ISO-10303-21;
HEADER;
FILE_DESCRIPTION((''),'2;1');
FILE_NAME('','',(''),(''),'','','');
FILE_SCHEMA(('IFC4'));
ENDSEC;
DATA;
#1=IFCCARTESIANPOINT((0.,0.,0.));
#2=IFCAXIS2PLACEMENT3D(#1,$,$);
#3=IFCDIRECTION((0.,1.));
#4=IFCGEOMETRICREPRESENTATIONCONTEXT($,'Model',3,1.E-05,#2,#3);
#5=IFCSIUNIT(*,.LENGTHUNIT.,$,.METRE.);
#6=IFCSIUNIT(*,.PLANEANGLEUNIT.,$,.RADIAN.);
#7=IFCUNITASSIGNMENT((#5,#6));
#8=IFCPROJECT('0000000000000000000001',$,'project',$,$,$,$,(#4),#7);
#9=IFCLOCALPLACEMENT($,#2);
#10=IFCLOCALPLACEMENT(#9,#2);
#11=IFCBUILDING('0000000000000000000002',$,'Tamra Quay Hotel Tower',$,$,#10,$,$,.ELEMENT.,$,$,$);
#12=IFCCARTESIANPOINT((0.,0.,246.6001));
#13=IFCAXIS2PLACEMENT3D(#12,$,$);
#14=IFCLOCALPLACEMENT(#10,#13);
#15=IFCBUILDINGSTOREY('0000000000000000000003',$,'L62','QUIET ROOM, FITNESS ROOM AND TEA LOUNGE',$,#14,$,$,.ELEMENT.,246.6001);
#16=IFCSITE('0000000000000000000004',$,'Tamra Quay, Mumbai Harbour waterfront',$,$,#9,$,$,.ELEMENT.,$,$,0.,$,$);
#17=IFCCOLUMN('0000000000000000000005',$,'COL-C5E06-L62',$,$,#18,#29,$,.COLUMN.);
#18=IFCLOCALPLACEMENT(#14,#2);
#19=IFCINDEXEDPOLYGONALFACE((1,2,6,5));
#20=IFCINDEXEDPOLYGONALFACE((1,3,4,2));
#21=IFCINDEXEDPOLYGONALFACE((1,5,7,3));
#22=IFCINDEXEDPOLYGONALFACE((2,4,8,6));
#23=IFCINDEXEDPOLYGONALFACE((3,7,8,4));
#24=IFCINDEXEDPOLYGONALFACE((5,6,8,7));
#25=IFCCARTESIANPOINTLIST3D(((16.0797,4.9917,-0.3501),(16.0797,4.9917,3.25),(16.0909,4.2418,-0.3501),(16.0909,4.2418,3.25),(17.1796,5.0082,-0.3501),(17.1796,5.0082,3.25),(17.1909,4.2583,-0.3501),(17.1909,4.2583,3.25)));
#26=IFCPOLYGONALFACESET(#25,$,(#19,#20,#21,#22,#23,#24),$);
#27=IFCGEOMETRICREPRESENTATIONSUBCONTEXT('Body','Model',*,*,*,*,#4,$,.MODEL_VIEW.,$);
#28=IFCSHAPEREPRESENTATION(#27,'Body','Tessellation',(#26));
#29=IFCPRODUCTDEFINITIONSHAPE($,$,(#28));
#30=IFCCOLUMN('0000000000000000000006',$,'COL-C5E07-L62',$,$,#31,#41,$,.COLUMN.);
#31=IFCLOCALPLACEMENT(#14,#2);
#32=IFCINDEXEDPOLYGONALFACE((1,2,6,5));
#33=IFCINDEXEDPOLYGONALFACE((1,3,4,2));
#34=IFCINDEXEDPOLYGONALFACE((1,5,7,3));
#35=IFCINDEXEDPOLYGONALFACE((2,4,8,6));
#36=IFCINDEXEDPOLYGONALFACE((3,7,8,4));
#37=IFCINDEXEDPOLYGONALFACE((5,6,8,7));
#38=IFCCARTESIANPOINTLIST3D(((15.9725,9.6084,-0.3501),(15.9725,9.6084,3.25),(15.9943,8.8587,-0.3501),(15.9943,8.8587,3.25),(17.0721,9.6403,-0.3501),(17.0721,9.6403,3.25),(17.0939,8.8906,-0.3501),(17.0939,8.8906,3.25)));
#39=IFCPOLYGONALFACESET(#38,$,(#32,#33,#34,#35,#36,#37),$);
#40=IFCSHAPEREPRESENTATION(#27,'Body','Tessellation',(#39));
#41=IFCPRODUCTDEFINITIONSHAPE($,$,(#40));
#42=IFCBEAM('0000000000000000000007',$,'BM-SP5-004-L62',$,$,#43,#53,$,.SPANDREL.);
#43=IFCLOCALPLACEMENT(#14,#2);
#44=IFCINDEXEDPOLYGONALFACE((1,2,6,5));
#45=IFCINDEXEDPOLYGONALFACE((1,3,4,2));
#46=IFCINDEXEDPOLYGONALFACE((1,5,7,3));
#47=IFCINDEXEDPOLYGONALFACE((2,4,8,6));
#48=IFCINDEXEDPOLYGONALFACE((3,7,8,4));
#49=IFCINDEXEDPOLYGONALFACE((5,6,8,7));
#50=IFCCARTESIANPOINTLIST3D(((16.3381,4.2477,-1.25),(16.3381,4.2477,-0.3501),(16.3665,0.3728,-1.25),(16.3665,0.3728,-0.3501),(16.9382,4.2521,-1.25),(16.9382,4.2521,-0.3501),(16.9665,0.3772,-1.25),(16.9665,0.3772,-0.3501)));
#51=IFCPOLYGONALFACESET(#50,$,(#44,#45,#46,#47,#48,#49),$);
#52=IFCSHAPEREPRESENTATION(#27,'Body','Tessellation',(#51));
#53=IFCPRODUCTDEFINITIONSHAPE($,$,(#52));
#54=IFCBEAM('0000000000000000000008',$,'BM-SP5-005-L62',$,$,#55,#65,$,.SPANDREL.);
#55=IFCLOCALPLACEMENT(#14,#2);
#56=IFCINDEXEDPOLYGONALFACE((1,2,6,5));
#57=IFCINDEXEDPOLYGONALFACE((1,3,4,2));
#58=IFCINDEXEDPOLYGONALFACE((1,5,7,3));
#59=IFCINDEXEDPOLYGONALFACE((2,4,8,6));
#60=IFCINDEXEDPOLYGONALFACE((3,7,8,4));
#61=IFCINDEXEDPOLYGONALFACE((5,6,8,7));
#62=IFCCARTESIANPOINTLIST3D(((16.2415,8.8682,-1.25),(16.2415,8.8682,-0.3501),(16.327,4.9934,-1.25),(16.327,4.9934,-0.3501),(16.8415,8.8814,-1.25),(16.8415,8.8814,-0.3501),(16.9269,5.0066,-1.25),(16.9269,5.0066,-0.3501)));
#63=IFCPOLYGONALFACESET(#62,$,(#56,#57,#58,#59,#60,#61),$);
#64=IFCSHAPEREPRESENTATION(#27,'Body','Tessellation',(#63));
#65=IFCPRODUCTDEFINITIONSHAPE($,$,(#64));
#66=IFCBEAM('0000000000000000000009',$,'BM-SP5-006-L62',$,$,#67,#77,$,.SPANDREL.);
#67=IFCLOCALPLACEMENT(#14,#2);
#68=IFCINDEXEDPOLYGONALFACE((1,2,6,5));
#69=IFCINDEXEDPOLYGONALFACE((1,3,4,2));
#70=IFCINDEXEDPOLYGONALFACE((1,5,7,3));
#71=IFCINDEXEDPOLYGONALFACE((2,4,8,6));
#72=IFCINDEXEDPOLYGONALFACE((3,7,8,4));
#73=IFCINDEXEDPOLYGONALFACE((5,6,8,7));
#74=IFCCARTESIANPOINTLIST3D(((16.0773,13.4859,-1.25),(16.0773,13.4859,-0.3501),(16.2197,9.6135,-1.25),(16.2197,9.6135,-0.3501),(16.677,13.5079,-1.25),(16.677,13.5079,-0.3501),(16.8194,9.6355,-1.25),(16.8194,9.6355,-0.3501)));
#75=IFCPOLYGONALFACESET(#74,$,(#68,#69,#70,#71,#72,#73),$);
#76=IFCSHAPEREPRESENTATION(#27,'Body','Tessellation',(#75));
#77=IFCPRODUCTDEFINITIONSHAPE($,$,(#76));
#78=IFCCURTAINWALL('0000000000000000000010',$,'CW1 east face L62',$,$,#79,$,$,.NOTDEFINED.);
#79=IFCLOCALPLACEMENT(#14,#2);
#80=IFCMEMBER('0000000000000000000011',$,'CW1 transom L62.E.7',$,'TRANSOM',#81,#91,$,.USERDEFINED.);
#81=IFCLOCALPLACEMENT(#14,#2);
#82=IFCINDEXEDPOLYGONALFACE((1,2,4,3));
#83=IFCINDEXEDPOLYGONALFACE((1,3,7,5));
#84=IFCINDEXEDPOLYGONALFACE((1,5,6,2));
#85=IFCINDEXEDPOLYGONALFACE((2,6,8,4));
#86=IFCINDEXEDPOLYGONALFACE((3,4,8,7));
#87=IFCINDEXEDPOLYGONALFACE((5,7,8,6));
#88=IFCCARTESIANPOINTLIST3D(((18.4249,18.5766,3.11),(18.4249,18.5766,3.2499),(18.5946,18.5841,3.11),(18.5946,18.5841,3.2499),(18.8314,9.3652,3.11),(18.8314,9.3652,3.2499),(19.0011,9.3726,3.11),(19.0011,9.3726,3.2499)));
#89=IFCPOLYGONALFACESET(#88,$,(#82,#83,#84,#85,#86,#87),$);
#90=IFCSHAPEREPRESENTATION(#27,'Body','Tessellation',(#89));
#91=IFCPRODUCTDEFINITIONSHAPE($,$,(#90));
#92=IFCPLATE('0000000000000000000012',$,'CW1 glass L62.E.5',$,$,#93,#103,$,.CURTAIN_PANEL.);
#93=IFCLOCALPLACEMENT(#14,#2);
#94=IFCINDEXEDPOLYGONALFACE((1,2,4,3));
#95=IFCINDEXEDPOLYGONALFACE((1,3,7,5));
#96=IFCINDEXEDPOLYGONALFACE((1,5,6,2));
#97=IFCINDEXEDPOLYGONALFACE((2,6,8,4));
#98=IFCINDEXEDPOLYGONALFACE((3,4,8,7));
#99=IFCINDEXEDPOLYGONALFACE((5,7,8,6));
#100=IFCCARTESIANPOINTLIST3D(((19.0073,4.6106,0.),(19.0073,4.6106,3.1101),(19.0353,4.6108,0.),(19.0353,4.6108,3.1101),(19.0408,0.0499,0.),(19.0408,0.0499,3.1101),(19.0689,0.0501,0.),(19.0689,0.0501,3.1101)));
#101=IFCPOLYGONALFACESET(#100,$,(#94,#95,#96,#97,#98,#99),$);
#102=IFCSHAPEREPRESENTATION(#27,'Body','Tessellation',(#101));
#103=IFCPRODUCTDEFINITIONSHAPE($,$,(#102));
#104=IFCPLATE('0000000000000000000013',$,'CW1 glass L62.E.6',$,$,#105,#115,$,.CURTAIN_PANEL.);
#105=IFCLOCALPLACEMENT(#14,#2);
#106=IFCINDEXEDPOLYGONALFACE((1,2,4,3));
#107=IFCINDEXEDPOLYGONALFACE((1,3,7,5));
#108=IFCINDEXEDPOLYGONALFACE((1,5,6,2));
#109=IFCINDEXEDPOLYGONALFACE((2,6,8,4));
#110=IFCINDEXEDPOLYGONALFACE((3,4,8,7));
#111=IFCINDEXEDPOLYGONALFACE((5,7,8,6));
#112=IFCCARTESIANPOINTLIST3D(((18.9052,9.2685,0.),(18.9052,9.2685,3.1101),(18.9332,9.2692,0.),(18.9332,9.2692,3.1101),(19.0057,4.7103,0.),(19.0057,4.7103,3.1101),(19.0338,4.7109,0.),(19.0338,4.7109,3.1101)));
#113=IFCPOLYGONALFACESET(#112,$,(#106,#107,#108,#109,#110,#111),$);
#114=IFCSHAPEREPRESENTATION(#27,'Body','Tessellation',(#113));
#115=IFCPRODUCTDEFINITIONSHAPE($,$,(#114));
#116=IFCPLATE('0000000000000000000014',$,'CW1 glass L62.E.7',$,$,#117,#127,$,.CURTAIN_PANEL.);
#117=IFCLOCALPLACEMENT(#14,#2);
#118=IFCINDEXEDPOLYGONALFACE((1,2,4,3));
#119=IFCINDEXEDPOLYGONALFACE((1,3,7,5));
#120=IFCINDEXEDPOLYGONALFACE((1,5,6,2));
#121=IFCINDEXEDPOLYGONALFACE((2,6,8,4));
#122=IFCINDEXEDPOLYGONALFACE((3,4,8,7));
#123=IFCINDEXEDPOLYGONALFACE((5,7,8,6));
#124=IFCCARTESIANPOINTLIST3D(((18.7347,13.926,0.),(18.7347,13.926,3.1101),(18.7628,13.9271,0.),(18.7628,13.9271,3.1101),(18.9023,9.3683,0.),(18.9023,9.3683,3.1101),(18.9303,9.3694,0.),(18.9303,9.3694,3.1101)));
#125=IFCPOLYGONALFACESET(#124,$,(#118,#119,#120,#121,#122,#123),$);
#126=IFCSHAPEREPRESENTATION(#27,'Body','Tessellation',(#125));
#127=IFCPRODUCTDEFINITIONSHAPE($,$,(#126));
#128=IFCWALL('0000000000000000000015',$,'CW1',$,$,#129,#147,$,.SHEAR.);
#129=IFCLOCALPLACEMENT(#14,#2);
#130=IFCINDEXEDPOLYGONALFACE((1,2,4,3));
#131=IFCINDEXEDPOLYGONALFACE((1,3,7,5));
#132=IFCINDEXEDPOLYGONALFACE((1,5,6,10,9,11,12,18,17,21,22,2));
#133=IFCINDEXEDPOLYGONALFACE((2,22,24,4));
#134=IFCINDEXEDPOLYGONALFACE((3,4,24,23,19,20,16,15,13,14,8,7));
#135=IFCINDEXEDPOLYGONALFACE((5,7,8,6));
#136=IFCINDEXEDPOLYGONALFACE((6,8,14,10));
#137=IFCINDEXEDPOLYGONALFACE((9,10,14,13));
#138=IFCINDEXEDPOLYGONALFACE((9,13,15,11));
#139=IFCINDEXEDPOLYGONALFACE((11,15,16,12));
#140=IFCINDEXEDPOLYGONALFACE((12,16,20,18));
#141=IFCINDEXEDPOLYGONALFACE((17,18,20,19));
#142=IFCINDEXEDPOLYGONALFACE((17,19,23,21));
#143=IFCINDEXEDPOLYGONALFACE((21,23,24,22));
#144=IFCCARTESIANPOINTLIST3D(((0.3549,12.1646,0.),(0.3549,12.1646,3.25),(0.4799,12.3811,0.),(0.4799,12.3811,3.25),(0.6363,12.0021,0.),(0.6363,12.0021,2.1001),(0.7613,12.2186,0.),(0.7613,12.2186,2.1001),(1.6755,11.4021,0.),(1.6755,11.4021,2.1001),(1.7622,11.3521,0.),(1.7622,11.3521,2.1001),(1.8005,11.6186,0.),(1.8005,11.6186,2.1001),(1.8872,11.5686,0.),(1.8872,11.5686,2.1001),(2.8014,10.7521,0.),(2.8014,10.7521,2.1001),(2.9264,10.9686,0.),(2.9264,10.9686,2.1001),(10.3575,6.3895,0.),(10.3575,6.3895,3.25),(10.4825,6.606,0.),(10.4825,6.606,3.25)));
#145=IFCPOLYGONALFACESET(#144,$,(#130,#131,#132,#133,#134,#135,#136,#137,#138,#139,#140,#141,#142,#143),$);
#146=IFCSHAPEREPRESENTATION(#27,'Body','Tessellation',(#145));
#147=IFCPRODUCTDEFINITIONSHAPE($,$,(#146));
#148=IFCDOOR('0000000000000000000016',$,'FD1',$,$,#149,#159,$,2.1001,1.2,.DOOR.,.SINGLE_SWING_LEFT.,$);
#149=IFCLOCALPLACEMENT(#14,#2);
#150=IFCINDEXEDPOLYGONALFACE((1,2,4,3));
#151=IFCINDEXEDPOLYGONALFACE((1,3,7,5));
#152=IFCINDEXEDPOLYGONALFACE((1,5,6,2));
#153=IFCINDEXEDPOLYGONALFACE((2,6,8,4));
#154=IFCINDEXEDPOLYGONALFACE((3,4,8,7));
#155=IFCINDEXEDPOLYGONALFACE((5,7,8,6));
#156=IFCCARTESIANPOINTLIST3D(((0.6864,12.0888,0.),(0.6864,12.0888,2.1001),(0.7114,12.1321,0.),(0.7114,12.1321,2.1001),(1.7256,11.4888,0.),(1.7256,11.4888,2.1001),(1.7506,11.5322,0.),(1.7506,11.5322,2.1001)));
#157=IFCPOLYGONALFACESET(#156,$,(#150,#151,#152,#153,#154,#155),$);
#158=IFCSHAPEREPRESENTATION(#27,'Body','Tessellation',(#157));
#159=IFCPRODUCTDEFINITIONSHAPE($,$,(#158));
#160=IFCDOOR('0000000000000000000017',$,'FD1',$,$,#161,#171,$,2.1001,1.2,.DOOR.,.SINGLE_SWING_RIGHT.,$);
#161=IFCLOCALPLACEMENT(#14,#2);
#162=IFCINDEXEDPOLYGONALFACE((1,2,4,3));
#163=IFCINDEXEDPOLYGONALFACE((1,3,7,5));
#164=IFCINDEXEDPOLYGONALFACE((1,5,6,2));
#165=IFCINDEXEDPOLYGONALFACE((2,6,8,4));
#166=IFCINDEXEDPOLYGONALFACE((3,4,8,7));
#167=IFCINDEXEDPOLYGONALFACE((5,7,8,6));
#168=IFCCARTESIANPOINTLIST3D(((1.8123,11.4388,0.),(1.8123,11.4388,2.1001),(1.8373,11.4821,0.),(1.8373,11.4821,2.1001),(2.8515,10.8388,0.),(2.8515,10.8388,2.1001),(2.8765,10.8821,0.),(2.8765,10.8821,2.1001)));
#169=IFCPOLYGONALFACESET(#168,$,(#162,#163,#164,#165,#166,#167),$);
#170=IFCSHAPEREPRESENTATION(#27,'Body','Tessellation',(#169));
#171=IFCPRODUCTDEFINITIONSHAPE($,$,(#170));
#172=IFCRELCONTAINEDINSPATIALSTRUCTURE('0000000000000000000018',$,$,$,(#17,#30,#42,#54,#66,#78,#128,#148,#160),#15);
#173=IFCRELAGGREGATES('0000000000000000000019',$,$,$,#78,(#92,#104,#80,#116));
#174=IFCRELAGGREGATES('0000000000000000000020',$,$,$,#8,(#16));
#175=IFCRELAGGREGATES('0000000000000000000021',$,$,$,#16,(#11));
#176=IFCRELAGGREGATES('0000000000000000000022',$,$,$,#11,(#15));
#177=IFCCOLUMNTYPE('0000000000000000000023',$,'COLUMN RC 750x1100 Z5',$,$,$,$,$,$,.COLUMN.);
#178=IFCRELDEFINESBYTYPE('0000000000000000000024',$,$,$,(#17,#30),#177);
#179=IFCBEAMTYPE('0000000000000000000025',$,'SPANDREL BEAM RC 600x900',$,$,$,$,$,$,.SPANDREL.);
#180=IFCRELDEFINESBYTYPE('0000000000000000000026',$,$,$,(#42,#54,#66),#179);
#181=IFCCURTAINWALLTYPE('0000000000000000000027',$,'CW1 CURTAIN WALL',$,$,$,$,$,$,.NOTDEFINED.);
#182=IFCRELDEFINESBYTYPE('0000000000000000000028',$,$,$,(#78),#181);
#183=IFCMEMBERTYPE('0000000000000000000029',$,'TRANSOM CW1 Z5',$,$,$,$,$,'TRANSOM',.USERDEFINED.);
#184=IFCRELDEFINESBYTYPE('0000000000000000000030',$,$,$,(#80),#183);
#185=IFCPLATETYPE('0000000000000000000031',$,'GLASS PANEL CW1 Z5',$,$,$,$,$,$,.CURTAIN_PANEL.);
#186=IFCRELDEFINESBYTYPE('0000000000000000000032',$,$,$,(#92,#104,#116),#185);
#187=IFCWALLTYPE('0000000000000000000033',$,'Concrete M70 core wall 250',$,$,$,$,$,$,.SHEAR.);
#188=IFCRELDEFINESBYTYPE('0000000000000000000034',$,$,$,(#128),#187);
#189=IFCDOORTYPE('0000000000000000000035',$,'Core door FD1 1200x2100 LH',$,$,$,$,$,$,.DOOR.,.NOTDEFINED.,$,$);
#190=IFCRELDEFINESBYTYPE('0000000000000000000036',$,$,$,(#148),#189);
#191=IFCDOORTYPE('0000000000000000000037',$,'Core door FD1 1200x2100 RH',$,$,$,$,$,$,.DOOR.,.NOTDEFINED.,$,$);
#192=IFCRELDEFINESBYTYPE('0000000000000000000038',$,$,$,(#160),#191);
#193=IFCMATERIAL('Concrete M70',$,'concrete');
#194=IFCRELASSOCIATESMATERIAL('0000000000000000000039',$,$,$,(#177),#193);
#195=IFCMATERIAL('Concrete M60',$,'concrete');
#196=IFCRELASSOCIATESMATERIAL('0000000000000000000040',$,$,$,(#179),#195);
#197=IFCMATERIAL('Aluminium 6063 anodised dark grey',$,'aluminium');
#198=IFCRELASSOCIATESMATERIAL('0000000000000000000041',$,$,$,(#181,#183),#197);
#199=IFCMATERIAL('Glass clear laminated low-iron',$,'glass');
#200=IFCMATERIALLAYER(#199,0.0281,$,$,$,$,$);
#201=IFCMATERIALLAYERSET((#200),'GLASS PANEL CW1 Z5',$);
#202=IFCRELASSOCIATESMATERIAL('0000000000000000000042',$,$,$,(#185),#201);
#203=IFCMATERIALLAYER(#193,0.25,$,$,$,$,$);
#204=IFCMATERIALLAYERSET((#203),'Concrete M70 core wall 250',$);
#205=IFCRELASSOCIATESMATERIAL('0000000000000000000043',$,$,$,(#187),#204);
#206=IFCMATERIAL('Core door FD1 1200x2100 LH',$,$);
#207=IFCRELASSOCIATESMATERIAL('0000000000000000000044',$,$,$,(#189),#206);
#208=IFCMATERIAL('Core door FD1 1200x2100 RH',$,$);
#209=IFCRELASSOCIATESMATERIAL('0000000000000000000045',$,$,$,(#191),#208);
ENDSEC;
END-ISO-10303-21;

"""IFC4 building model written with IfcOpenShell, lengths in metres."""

from ifc_helpers import new_model, si_unit, direction, frame, frame_2d, origin, origin_2d, place, context, subcontext, project, spatial, rectangle, extrude, material, layer, layer_set, material_profile, profile_set, type_object, element, fill, aggregate, save


model = new_model("IFC4")

# Units and contexts
model_context = context("Model", 3, precision=1e-05, world=origin(), true_north=direction((0.0, 1.0)))
body_context = subcontext(model_context, "Body", "Model", "MODEL_VIEW")
ifc_project = project(units=[si_unit("LENGTHUNIT", "METRE"), si_unit("PLANEANGLEUNIT", "RADIAN")], contexts=[model_context])

# Site, building, storey
site_placement = place(None, origin())
site = spatial("IfcSite", under=ifc_project, at=site_placement, Name="Tamra Quay, Mumbai Harbour waterfront", CompositionType="ELEMENT", RefElevation=0.0)
building_placement = place(site_placement, origin())
building = spatial("IfcBuilding", under=site, at=building_placement, Name="Tamra Quay Hotel Tower", CompositionType="ELEMENT")
storey_placement = place(building_placement, frame((0.0, 0.0, 246.6001)))
storey = spatial("IfcBuildingStorey", under=building, at=storey_placement, Name="L62", Description="QUIET ROOM, FITNESS ROOM AND TEA LOUNGE", CompositionType="ELEMENT", Elevation=246.6001)

# Columns
ifc_material_1 = material(Name="Concrete M70", Category="concrete")
ifc_material_profile_1 = material_profile(ifc_material_1, rectangle(XDim=1.1001, YDim=0.75, at=origin_2d()), Name="COLUMN RC 750x1100 Z5")
ifc_profile_set_1 = profile_set([ifc_material_profile_1], Name="Concrete M70")
column_type = type_object("IfcColumnType", Name="COLUMN RC 750x1100 Z5", PredefinedType="COLUMN", material=ifc_profile_set_1)
for number, where, z_axis, x_axis, name in (
    (1, (16.6353, 4.625, -0.3501), (0.0, 0.0, 1.0), (0.999888, 0.014959, 0.0), "COL-C5E06-L62"),
    (2, (16.5332, 9.2495, -0.3501), (0.0, 0.0, 1.0), (0.999579, 0.029028, 0.0), "COL-C5E07-L62"),
):
    element("IfcColumn", number, at=place(storey_placement, frame(where, z_axis=z_axis, x_axis=x_axis)), inside=storey, type_object=column_type, Name=name, PredefinedType="COLUMN", context=body_context, shape_type="SweptSolid", body=[
        extrude(rectangle(XDim=1.1001, YDim=0.75, at=origin_2d()), origin(), (0.0, 0.0, 1.0), 3.6001),
    ])

# Beams
ifc_material_2 = material(Name="Concrete M60", Category="concrete")
ifc_material_profile_2 = material_profile(ifc_material_2, rectangle(XDim=0.6001, YDim=0.8999, at=origin_2d()), Name="SPANDREL BEAM RC 600x900")
ifc_profile_set_2 = profile_set([ifc_material_profile_2], Name="Concrete M60")
beam_type = type_object("IfcBeamType", Name="SPANDREL BEAM RC 600x900", PredefinedType="SPANDREL", material=ifc_profile_set_2)
beam_1_placement = place(storey_placement, frame((16.6665, 0.375, -0.8), z_axis=(-0.007308, 0.999973, 0.0), x_axis=(-0.999973, -0.007308, 0.0)))
element("IfcBeam", 3, at=beam_1_placement, inside=storey, type_object=beam_type, Name="BM-SP5-004-L62", PredefinedType="SPANDREL", context=body_context, shape_type="SweptSolid", body=[
    extrude(rectangle(XDim=0.6001, YDim=0.8999, at=origin_2d()), origin(), (0.0, 0.0, 1.0), 3.875),
])
beam_2_placement = place(storey_placement, frame((16.627, 5.0, -0.8), z_axis=(-0.022047, 0.999757, 0.0), x_axis=(-0.999757, -0.022047, 0.0)))
element("IfcBeam", 4, at=beam_2_placement, inside=storey, type_object=beam_type, Name="BM-SP5-005-L62", PredefinedType="SPANDREL", context=body_context, shape_type="SweptSolid", body=[
    extrude(rectangle(XDim=0.6001, YDim=0.8999, at=origin_2d()), origin(), (0.0, 0.0, 1.0), 3.8757),
])
beam_3_placement = place(storey_placement, frame((16.5195, 9.6245, -0.8), z_axis=(-0.036732, 0.999325, 0.0), x_axis=(-0.999325, -0.036732, 0.0)))
element("IfcBeam", 5, at=beam_3_placement, inside=storey, type_object=beam_type, Name="BM-SP5-006-L62", PredefinedType="SPANDREL", context=body_context, shape_type="SweptSolid", body=[
    extrude(rectangle(XDim=0.6001, YDim=0.8999, at=origin_2d()), origin(), (0.0, 0.0, 1.0), 3.875),
])

# Curtain wall, member, plates
ifc_material_3 = material(Name="Aluminium 6063 anodised dark grey", Category="aluminium")
curtain_wall_type = type_object("IfcCurtainWallType", Name="CW1 CURTAIN WALL", PredefinedType="NOTDEFINED", material=ifc_material_3)
curtain_wall_placement = place(storey_placement, origin())
curtain_wall = element("IfcCurtainWall", 6, at=curtain_wall_placement, inside=storey, type_object=curtain_wall_type, Name="CW1 east face L62", PredefinedType="NOTDEFINED")
ifc_material_profile_3 = material_profile(ifc_material_3, rectangle(XDim=0.1699, YDim=0.1399, at=origin_2d()), Name="TRANSOM 170X140")
ifc_profile_set_3 = profile_set([ifc_material_profile_3], Name="Aluminium 6063 anodised dark grey")
member_type = type_object("IfcMemberType", Name="TRANSOM CW1 Z5", ElementType="TRANSOM", PredefinedType="USERDEFINED", material=ifc_profile_set_3)
member_placement = place(storey_placement, frame((18.9163, 9.3689, 3.1799), z_axis=(-0.044086, 0.999028, 0.0), x_axis=(-0.999028, -0.044086, 0.0)))
member = element("IfcMember", 7, at=member_placement, type_object=member_type, Name="CW1 transom L62.E.7", ObjectType="TRANSOM", PredefinedType="USERDEFINED", context=body_context, shape_type="SweptSolid", body=[
    extrude(rectangle(XDim=0.1699, YDim=0.1399, at=origin_2d()), origin(), (0.0, 0.0, 1.0), 9.2205),
])
ifc_material_4 = material(Name="Glass clear laminated low-iron", Category="glass")
ifc_layer_1 = layer(ifc_material_4, 0.0281)
ifc_layer_set_1 = layer_set([ifc_layer_1], Name="GLASS PANEL CW1 Z5")
plate_type = type_object("IfcPlateType", Name="GLASS PANEL CW1 Z5", PredefinedType="CURTAIN_PANEL", material=ifc_layer_set_1)
plate_1_placement = place(storey_placement, frame((19.0381, 2.3303, 0.0), z_axis=(0.0, 0.0, 1.0), x_axis=(-0.007362, 0.999973, 0.0)))
plate_1 = element("IfcPlate", 8, at=plate_1_placement, type_object=plate_type, Name="CW1 glass L62.E.5", PredefinedType="CURTAIN_PANEL", context=body_context, shape_type="SweptSolid", body=[
    extrude(rectangle(XDim=4.5608, YDim=0.0281, at=origin_2d()), origin(), (0.0, 0.0, 1.0), 3.1101),
])
plate_2_placement = place(storey_placement, frame((18.9695, 6.9897, 0.0), z_axis=(0.0, 0.0, 1.0), x_axis=(-0.022063, 0.999757, 0.0)))
plate_2 = element("IfcPlate", 9, at=plate_2_placement, type_object=plate_type, Name="CW1 glass L62.E.6", PredefinedType="CURTAIN_PANEL", context=body_context, shape_type="SweptSolid", body=[
    extrude(rectangle(XDim=4.5593, YDim=0.0281, at=origin_2d()), origin(), (0.0, 0.0, 1.0), 3.1101),
])
plate_3_placement = place(storey_placement, frame((18.8325, 11.6477, 0.0), z_axis=(0.0, 0.0, 1.0), x_axis=(-0.036744, 0.999325, 0.0)))
plate_3 = element("IfcPlate", 10, at=plate_3_placement, type_object=plate_type, Name="CW1 glass L62.E.7", PredefinedType="CURTAIN_PANEL", context=body_context, shape_type="SweptSolid", body=[
    extrude(rectangle(XDim=4.5608, YDim=0.0281, at=origin_2d()), origin(), (0.0, 0.0, 1.0), 3.1101),
])
aggregate(curtain_wall, [plate_1, plate_2, member, plate_3])

# Wall, openings, doors
ifc_layer_2 = layer(ifc_material_1, 0.25)
ifc_layer_set_2 = layer_set([ifc_layer_2], Name="Concrete M70 core wall 250")
wall_type_1 = type_object("IfcWallType", Name="Concrete M70 core wall 250", PredefinedType="SHEAR", material=ifc_layer_set_2)
wall_1_placement = place(storey_placement, frame((10.4199, 6.4978, 0.0), z_axis=(0.0, 0.0, 1.0), x_axis=(-0.866022, 0.500006, 0.0)))
wall_1 = element("IfcWall", 11, at=wall_1_placement, inside=storey, type_object=wall_type_1, Name="CW1", PredefinedType="SHEAR", context=body_context, shape_type="SweptSolid", body=[
    extrude(rectangle(XDim=11.55, YDim=0.25, at=frame_2d((5.7749, 0.0))), origin(), (0.0, 0.0, 1.0), 3.25),
])
opening_1_placement = place(wall_1_placement, frame((10.0249, 0.0, 0.0)))
opening_1 = element("IfcOpeningElement", 12, at=opening_1_placement, cuts=wall_1, PredefinedType="OPENING", context=body_context, shape_type="SweptSolid", body=[
    extrude(rectangle(XDim=1.2, YDim=2.1001, at=frame_2d((0.6001, 1.05))), frame((0.0, 0.135, 0.0), z_axis=(0.0, -1.0, 0.0), x_axis=(1.0, 0.0, 0.0)), (0.0, 0.0, 1.0), 0.27),
])
opening_2_placement = place(wall_1_placement, frame((8.7249, 0.0, 0.0)))
opening_2 = element("IfcOpeningElement", 13, at=opening_2_placement, cuts=wall_1, PredefinedType="OPENING", context=body_context, shape_type="SweptSolid", body=[
    extrude(rectangle(XDim=1.2, YDim=2.1001, at=frame_2d((0.6001, 1.05))), frame((0.0, 0.135, 0.0), z_axis=(0.0, -1.0, 0.0), x_axis=(1.0, 0.0, 0.0)), (0.0, 0.0, 1.0), 0.27),
])
ifc_material_5 = material(Name="Core door FD1 1200x2100 LH")
door_type_1 = type_object("IfcDoorType", Name="Core door FD1 1200x2100 LH", OperationType="NOTDEFINED", PredefinedType="DOOR", material=ifc_material_5)
door_1_placement = place(opening_1_placement, origin())
door_1 = element("IfcDoor", 14, at=door_1_placement, inside=storey, type_object=door_type_1, Name="FD1", OperationType="SINGLE_SWING_LEFT", OverallHeight=2.1001, OverallWidth=1.2, PredefinedType="DOOR", context=body_context, shape_type="SweptSolid", body=[
    extrude(rectangle(XDim=1.2, YDim=2.1001, at=frame_2d((0.6001, 1.05))), frame((0.0, 0.0249, 0.0), z_axis=(0.0, -1.0, 0.0), x_axis=(1.0, 0.0, 0.0)), (0.0, 0.0, 1.0), 0.05),
])
fill(opening_1, door_1)
ifc_material_6 = material(Name="Core door FD1 1200x2100 RH")
door_type_2 = type_object("IfcDoorType", Name="Core door FD1 1200x2100 RH", OperationType="NOTDEFINED", PredefinedType="DOOR", material=ifc_material_6)
door_2_placement = place(opening_2_placement, origin())
door_2 = element("IfcDoor", 15, at=door_2_placement, inside=storey, type_object=door_type_2, Name="FD1", OperationType="SINGLE_SWING_RIGHT", OverallHeight=2.1001, OverallWidth=1.2, PredefinedType="DOOR", context=body_context, shape_type="SweptSolid", body=[
    extrude(rectangle(XDim=1.2, YDim=2.1001, at=frame_2d((0.6001, 1.05))), frame((0.0, 0.0249, 0.0), z_axis=(0.0, -1.0, 0.0), x_axis=(1.0, 0.0, 0.0)), (0.0, 0.0, 1.0), 0.05),
])
fill(opening_2, door_2)

save(model, "model.ifc")
